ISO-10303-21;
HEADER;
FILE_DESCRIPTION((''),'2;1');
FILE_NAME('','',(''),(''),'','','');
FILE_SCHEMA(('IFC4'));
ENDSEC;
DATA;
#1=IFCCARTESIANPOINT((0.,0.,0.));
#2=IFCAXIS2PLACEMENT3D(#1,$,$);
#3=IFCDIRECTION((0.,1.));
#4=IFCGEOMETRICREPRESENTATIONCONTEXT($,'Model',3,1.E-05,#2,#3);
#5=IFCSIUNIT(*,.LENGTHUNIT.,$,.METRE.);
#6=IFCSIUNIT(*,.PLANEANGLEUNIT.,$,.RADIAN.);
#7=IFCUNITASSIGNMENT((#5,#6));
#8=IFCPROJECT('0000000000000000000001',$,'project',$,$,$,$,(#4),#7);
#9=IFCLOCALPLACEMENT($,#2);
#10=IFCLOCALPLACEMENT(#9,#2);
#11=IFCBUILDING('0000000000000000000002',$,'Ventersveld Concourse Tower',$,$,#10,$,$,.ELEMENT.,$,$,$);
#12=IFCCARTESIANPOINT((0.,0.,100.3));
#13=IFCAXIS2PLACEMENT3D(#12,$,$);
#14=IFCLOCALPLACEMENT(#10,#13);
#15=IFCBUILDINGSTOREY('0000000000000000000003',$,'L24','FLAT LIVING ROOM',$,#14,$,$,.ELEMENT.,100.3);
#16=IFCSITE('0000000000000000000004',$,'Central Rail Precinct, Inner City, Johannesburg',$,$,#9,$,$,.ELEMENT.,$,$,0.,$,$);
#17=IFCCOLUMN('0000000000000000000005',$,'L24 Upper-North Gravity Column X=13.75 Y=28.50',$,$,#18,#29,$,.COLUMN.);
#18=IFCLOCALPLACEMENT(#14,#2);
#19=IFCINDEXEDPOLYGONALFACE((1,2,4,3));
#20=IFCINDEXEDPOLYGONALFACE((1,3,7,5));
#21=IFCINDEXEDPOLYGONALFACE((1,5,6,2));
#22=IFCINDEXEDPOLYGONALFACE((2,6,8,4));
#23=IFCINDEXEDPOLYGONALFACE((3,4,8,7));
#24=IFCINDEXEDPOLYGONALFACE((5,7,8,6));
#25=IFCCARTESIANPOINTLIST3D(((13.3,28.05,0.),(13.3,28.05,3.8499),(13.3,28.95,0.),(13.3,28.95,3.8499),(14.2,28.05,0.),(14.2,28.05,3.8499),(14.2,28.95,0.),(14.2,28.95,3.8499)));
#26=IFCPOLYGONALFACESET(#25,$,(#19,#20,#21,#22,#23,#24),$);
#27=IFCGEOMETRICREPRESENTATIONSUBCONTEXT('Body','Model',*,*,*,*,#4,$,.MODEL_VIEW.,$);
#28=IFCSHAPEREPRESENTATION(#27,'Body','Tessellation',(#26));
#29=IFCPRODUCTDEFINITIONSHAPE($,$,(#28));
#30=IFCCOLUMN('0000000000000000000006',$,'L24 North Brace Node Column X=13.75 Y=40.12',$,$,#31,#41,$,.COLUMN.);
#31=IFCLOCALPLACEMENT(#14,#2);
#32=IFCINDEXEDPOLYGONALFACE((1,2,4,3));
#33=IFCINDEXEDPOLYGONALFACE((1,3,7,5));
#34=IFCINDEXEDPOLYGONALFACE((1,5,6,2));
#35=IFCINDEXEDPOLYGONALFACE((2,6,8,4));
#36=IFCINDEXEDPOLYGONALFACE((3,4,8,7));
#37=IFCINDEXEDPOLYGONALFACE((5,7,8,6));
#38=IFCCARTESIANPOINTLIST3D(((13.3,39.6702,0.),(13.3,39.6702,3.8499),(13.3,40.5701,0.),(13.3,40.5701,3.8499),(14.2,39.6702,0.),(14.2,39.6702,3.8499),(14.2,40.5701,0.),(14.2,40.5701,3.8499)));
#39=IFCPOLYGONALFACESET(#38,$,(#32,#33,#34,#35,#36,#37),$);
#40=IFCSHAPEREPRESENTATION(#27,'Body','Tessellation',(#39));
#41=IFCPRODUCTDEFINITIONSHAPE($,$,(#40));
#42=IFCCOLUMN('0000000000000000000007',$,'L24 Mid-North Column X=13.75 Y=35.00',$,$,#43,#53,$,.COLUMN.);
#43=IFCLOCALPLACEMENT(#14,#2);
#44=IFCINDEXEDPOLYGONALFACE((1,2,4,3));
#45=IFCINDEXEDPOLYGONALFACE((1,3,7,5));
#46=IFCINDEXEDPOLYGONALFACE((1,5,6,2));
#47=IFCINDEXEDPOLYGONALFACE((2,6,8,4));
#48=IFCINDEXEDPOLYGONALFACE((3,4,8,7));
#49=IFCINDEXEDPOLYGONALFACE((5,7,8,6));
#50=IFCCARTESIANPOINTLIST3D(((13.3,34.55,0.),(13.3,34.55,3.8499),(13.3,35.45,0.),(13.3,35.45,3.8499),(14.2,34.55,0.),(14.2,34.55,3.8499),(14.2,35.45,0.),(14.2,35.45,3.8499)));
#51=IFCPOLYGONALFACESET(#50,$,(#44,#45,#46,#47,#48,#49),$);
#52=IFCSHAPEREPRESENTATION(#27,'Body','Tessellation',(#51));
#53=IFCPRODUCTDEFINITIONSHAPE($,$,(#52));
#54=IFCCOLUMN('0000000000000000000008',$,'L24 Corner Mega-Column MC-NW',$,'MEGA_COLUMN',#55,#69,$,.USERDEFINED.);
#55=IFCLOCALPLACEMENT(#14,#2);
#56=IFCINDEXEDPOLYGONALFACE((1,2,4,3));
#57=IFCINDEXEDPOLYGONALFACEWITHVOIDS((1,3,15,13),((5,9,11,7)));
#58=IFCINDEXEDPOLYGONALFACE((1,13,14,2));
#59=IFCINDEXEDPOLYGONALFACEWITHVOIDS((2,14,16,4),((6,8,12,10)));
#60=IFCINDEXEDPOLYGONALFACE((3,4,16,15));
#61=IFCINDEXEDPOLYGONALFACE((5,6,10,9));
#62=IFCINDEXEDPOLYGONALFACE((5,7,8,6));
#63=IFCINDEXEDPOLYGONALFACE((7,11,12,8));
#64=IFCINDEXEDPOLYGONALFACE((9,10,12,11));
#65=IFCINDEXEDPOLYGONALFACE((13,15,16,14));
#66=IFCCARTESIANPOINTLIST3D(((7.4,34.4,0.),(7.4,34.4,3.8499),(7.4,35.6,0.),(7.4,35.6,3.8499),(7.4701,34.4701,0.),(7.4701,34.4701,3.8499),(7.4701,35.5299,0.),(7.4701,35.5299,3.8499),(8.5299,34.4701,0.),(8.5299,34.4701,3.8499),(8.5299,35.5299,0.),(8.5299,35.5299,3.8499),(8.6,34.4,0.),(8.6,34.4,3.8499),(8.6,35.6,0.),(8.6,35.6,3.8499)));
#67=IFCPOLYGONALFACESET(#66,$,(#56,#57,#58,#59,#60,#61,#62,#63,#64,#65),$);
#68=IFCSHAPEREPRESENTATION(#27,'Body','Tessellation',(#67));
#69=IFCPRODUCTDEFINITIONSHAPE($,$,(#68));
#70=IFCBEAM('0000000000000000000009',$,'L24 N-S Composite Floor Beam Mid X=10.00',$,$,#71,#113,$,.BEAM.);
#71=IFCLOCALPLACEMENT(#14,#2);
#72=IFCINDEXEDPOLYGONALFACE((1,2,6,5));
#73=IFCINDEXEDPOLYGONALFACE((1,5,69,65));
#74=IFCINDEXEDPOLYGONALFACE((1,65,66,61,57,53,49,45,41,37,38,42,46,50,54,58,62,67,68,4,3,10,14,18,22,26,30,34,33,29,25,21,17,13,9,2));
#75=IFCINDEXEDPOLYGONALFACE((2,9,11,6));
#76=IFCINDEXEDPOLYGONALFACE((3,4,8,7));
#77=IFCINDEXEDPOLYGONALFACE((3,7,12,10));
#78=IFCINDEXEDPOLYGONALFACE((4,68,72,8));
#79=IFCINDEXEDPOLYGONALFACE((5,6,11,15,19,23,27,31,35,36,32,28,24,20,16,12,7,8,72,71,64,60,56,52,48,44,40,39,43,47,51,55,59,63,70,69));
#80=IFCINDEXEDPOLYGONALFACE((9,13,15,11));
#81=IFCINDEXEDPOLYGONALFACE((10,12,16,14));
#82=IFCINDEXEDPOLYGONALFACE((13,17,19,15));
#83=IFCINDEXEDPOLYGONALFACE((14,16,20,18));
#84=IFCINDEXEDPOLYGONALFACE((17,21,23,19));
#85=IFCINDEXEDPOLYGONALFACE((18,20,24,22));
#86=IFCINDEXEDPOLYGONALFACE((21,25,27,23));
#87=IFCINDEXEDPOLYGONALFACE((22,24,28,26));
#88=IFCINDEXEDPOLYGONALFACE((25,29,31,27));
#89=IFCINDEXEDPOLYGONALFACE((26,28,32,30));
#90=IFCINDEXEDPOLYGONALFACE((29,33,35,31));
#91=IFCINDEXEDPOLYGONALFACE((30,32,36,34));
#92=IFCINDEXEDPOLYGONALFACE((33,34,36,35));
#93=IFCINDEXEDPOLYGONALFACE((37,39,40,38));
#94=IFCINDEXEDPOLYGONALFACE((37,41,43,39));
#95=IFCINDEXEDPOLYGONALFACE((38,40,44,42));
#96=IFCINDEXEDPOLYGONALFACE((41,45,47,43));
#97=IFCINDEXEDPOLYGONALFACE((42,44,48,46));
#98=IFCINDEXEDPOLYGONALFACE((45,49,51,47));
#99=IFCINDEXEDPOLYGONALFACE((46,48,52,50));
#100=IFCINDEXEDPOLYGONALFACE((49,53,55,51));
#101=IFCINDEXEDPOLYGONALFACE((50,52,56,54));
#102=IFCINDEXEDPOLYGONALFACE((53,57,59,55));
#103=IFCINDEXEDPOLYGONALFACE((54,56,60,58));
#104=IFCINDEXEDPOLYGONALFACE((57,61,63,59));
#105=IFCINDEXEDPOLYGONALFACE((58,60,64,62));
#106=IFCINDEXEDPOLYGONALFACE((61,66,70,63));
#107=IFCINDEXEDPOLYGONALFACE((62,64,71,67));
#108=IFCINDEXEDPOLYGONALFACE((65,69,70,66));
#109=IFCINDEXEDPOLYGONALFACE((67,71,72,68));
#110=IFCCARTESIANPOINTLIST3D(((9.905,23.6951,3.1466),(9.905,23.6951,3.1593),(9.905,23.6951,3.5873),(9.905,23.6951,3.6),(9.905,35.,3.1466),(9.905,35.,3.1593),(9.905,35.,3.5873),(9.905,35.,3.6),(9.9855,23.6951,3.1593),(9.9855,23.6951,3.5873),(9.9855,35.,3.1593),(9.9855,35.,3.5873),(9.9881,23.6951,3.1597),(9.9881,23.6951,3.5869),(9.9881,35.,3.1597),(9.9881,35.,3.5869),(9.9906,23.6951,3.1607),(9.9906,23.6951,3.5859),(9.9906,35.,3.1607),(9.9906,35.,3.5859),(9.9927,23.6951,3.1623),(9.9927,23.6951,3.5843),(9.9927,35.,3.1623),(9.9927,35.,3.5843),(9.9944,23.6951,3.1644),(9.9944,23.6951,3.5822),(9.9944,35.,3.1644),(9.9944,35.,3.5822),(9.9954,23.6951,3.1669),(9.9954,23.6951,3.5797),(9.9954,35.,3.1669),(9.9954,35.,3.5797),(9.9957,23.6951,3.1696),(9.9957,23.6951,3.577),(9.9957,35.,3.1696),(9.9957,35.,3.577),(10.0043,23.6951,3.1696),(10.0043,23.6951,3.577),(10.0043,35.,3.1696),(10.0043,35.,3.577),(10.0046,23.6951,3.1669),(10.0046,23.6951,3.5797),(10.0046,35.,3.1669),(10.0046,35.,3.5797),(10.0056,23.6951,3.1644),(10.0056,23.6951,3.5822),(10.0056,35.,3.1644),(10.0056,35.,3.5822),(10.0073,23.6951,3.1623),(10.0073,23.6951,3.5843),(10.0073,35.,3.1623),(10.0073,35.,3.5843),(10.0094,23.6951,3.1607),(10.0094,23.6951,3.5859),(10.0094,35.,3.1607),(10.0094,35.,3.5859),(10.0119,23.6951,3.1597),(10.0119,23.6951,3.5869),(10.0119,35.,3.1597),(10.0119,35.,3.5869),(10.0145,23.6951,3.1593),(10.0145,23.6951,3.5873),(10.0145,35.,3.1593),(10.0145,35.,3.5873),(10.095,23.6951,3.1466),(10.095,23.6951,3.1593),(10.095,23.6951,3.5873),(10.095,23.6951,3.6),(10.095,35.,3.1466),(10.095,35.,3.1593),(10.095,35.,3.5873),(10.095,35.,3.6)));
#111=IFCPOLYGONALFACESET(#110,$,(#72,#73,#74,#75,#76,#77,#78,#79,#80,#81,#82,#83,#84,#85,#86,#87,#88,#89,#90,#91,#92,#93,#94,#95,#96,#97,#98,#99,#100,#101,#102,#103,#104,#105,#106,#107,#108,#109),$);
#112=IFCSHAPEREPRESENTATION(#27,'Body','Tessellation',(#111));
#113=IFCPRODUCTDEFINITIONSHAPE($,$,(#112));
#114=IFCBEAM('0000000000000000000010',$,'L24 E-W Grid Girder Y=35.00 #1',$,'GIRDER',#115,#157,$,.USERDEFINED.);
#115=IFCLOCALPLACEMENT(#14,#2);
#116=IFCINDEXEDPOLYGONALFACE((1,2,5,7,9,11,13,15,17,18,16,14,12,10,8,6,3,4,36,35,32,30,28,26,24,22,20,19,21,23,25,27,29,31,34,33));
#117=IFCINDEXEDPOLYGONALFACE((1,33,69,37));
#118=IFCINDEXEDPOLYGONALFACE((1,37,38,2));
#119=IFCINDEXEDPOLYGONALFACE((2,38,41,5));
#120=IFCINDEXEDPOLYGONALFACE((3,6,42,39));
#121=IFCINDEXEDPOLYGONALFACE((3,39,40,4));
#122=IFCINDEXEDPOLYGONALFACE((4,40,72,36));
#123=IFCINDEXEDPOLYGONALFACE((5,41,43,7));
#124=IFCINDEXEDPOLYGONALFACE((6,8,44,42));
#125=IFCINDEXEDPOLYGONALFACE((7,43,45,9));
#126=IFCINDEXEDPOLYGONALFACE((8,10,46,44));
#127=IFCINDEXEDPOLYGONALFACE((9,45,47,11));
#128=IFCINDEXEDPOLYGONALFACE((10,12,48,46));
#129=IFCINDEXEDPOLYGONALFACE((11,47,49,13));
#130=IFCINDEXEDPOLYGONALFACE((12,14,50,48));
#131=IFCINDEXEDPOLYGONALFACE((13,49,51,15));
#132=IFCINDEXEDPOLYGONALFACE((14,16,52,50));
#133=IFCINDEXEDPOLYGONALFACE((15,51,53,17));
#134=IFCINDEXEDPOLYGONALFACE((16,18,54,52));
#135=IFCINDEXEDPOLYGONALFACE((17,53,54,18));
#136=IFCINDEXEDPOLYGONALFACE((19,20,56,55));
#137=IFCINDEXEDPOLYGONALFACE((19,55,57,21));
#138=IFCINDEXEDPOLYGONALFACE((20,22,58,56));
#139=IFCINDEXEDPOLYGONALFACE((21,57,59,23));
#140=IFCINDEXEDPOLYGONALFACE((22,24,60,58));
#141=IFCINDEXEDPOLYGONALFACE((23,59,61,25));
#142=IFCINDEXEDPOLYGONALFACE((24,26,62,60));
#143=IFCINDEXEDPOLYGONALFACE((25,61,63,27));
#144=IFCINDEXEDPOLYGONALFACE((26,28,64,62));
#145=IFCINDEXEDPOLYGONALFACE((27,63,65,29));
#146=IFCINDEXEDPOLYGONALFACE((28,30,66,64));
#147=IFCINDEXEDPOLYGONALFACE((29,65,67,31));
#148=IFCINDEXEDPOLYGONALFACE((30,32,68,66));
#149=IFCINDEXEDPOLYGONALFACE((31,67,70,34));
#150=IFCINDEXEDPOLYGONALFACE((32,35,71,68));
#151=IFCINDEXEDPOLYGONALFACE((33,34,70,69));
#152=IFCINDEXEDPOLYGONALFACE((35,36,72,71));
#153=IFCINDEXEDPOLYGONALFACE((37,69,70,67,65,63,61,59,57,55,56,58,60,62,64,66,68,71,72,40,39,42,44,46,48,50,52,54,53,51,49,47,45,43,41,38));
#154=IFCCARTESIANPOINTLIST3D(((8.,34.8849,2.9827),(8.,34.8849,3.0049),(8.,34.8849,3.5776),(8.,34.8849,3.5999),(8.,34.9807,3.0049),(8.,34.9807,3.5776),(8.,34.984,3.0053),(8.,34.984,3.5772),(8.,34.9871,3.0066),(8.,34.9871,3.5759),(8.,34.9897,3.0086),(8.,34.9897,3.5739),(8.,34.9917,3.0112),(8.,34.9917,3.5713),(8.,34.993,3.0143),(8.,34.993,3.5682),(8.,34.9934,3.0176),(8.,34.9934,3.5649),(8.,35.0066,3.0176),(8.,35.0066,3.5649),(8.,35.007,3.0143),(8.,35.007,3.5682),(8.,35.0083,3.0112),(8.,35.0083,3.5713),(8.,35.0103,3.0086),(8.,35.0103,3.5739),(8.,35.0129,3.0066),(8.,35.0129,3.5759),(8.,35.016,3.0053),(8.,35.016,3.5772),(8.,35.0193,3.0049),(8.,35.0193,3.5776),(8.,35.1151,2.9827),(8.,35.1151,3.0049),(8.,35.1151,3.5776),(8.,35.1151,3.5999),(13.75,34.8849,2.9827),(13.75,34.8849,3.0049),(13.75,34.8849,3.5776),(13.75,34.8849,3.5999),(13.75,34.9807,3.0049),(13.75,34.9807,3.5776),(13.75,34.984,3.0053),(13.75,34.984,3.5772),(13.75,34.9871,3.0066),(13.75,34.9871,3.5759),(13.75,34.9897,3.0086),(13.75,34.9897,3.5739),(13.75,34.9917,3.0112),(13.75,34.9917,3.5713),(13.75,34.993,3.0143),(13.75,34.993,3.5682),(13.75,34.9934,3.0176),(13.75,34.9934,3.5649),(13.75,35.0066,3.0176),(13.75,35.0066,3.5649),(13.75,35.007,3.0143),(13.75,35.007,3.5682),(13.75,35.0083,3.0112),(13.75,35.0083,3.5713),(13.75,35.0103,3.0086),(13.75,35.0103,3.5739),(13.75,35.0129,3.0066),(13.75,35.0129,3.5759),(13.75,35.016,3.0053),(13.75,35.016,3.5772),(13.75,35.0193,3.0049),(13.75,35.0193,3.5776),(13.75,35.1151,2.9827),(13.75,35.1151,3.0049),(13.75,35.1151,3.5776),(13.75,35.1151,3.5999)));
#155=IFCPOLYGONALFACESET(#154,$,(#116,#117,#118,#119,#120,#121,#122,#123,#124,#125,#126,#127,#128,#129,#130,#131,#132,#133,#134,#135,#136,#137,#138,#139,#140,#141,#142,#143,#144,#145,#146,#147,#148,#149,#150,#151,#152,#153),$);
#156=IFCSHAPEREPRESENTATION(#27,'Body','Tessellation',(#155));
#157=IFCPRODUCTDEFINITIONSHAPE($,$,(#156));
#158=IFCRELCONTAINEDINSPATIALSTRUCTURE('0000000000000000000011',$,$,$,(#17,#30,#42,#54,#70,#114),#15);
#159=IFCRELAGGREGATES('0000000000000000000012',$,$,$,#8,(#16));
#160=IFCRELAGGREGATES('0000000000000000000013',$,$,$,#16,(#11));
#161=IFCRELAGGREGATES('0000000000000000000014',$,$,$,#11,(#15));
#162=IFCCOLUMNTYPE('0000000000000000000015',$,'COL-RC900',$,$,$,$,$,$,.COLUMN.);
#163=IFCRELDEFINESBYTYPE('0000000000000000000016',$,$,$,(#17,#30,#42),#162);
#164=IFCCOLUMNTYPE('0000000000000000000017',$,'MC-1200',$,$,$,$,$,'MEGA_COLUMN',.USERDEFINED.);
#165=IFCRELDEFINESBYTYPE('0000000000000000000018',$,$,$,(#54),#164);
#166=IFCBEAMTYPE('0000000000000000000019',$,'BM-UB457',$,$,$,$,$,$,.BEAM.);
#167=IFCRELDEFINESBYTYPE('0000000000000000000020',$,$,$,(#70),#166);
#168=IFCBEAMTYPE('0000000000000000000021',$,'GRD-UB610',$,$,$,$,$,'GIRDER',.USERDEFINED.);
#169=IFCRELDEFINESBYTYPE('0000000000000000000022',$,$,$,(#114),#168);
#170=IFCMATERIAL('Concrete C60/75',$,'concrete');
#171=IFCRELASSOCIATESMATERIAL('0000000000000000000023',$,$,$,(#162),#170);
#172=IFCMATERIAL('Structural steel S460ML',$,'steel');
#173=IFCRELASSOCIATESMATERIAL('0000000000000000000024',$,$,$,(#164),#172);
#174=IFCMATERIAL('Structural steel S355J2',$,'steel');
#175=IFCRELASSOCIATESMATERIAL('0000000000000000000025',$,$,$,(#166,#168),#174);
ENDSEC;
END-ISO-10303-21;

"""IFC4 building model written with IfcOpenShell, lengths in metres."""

from ifc_helpers import new_model, si_unit, direction, frame, origin, origin_2d, place, context, subcontext, project, spatial, rectangle, hollow_rectangle, i_section, extrude, material, material_profile, profile_set, type_object, element, save


model = new_model("IFC4")

# Units and contexts
model_context = context("Model", 3, precision=1e-05, world=origin(), true_north=direction((0.0, 1.0)))
body_context = subcontext(model_context, "Body", "Model", "MODEL_VIEW")
ifc_project = project(units=[si_unit("LENGTHUNIT", "METRE"), si_unit("PLANEANGLEUNIT", "RADIAN")], contexts=[model_context])

# Site, building, storey
site_placement = place(None, origin())
site = spatial("IfcSite", under=ifc_project, at=site_placement, Name="Central Rail Precinct, Inner City, Johannesburg", CompositionType="ELEMENT", RefElevation=0.0)
building_placement = place(site_placement, origin())
building = spatial("IfcBuilding", under=site, at=building_placement, Name="Ventersveld Concourse Tower", CompositionType="ELEMENT")
storey_placement = place(building_placement, frame((0.0, 0.0, 100.3)))
storey = spatial("IfcBuildingStorey", under=building, at=storey_placement, Name="L24", Description="FLAT LIVING ROOM", CompositionType="ELEMENT", Elevation=100.3)

# Columns
ifc_material_1 = material(Name="Concrete C60/75", Category="concrete")
ifc_material_profile_1 = material_profile(ifc_material_1, rectangle(XDim=0.8999, YDim=0.8999, at=origin_2d()), Name="RC 900x900")
ifc_profile_set_1 = profile_set([ifc_material_profile_1], Name="Concrete C60/75")
column_type_1 = type_object("IfcColumnType", Name="COL-RC900", PredefinedType="COLUMN", material=ifc_profile_set_1)
for number, where, z_axis, x_axis, name in (
    (1, (13.75, 28.5, 0.0), (0.0, 0.0, 1.0), (1.0, 0.0, 0.0), "L24 Upper-North Gravity Column X=13.75 Y=28.50"),
    (2, (13.75, 40.1201, 0.0), (0.0, 0.0, 1.0), (1.0, 0.0, 0.0), "L24 North Brace Node Column X=13.75 Y=40.12"),
    (3, (13.75, 35.0, 0.0), (0.0, 0.0, 1.0), (1.0, 0.0, 0.0), "L24 Mid-North Column X=13.75 Y=35.00"),
):
    element("IfcColumn", number, at=place(storey_placement, frame(where, z_axis=z_axis, x_axis=x_axis)), inside=storey, type_object=column_type_1, Name=name, PredefinedType="COLUMN", context=body_context, shape_type="SweptSolid", body=[
        extrude(rectangle(XDim=0.8999, YDim=0.8999, at=origin_2d()), origin(), (0.0, 0.0, 1.0), 3.8499),
    ])
ifc_material_2 = material(Name="Structural steel S460ML", Category="steel")
ifc_material_profile_2 = material_profile(ifc_material_2, hollow_rectangle(XDim=1.2, YDim=1.2, WallThickness=0.0701, at=origin_2d()), Name="BOX 1200x1200x70")
ifc_profile_set_2 = profile_set([ifc_material_profile_2], Name="Structural steel S460ML")
column_type_2 = type_object("IfcColumnType", Name="MC-1200", ElementType="MEGA_COLUMN", PredefinedType="USERDEFINED", material=ifc_profile_set_2)
column_placement = place(storey_placement, frame((8.0, 35.0, 0.0), z_axis=(0.0, 0.0, 1.0), x_axis=(1.0, 0.0, 0.0)))
element("IfcColumn", 4, at=column_placement, inside=storey, type_object=column_type_2, Name="L24 Corner Mega-Column MC-NW", ObjectType="MEGA_COLUMN", PredefinedType="USERDEFINED", context=body_context, shape_type="SweptSolid", body=[
    extrude(hollow_rectangle(XDim=1.2, YDim=1.2, WallThickness=0.0701, at=origin_2d()), origin(), (0.0, 0.0, 1.0), 3.8499),
])

# Beams
ifc_material_3 = material(Name="Structural steel S355J2", Category="steel")
ifc_material_profile_3 = material_profile(ifc_material_3, i_section(OverallWidth=0.1899, OverallDepth=0.4534, WebThickness=0.0085, FlangeThickness=0.0127, FilletRadius=0.0103, at=origin_2d()), Name="UB 457x191x67")
ifc_profile_set_3 = profile_set([ifc_material_profile_3], Name="Structural steel S355J2")
beam_type_1 = type_object("IfcBeamType", Name="BM-UB457", PredefinedType="BEAM", material=ifc_profile_set_3)
beam_1_placement = place(storey_placement, frame((10.0, 23.6951, 3.3733), z_axis=(0.0, 1.0, 0.0), x_axis=(-1.0, 0.0, 0.0)))
element("IfcBeam", 5, at=beam_1_placement, inside=storey, type_object=beam_type_1, Name="L24 N-S Composite Floor Beam Mid X=10.00", PredefinedType="BEAM", context=body_context, shape_type="SweptSolid", body=[
    extrude(i_section(OverallWidth=0.1899, OverallDepth=0.4534, WebThickness=0.0085, FlangeThickness=0.0127, FilletRadius=0.0103, at=origin_2d()), origin(), (0.0, 0.0, 1.0), 11.3049),
])
ifc_material_profile_4 = material_profile(ifc_material_3, i_section(OverallWidth=0.2302, OverallDepth=0.6172, WebThickness=0.0132, FlangeThickness=0.0222, FilletRadius=0.0127, at=origin_2d()), Name="UB 610x229x140")
ifc_profile_set_4 = profile_set([ifc_material_profile_4], Name="Structural steel S355J2")
beam_type_2 = type_object("IfcBeamType", Name="GRD-UB610", ElementType="GIRDER", PredefinedType="USERDEFINED", material=ifc_profile_set_4)
beam_2_placement = place(storey_placement, frame((8.0, 35.0, 3.2913), z_axis=(1.0, 0.0, 0.0), x_axis=(0.0, 1.0, 0.0)))
element("IfcBeam", 6, at=beam_2_placement, inside=storey, type_object=beam_type_2, Name="L24 E-W Grid Girder Y=35.00 #1", ObjectType="GIRDER", PredefinedType="USERDEFINED", context=body_context, shape_type="SweptSolid", body=[
    extrude(i_section(OverallWidth=0.2302, OverallDepth=0.6172, WebThickness=0.0132, FlangeThickness=0.0222, FilletRadius=0.0127, at=origin_2d()), origin(), (0.0, 0.0, 1.0), 5.75),
])

save(model, "model.ifc")
